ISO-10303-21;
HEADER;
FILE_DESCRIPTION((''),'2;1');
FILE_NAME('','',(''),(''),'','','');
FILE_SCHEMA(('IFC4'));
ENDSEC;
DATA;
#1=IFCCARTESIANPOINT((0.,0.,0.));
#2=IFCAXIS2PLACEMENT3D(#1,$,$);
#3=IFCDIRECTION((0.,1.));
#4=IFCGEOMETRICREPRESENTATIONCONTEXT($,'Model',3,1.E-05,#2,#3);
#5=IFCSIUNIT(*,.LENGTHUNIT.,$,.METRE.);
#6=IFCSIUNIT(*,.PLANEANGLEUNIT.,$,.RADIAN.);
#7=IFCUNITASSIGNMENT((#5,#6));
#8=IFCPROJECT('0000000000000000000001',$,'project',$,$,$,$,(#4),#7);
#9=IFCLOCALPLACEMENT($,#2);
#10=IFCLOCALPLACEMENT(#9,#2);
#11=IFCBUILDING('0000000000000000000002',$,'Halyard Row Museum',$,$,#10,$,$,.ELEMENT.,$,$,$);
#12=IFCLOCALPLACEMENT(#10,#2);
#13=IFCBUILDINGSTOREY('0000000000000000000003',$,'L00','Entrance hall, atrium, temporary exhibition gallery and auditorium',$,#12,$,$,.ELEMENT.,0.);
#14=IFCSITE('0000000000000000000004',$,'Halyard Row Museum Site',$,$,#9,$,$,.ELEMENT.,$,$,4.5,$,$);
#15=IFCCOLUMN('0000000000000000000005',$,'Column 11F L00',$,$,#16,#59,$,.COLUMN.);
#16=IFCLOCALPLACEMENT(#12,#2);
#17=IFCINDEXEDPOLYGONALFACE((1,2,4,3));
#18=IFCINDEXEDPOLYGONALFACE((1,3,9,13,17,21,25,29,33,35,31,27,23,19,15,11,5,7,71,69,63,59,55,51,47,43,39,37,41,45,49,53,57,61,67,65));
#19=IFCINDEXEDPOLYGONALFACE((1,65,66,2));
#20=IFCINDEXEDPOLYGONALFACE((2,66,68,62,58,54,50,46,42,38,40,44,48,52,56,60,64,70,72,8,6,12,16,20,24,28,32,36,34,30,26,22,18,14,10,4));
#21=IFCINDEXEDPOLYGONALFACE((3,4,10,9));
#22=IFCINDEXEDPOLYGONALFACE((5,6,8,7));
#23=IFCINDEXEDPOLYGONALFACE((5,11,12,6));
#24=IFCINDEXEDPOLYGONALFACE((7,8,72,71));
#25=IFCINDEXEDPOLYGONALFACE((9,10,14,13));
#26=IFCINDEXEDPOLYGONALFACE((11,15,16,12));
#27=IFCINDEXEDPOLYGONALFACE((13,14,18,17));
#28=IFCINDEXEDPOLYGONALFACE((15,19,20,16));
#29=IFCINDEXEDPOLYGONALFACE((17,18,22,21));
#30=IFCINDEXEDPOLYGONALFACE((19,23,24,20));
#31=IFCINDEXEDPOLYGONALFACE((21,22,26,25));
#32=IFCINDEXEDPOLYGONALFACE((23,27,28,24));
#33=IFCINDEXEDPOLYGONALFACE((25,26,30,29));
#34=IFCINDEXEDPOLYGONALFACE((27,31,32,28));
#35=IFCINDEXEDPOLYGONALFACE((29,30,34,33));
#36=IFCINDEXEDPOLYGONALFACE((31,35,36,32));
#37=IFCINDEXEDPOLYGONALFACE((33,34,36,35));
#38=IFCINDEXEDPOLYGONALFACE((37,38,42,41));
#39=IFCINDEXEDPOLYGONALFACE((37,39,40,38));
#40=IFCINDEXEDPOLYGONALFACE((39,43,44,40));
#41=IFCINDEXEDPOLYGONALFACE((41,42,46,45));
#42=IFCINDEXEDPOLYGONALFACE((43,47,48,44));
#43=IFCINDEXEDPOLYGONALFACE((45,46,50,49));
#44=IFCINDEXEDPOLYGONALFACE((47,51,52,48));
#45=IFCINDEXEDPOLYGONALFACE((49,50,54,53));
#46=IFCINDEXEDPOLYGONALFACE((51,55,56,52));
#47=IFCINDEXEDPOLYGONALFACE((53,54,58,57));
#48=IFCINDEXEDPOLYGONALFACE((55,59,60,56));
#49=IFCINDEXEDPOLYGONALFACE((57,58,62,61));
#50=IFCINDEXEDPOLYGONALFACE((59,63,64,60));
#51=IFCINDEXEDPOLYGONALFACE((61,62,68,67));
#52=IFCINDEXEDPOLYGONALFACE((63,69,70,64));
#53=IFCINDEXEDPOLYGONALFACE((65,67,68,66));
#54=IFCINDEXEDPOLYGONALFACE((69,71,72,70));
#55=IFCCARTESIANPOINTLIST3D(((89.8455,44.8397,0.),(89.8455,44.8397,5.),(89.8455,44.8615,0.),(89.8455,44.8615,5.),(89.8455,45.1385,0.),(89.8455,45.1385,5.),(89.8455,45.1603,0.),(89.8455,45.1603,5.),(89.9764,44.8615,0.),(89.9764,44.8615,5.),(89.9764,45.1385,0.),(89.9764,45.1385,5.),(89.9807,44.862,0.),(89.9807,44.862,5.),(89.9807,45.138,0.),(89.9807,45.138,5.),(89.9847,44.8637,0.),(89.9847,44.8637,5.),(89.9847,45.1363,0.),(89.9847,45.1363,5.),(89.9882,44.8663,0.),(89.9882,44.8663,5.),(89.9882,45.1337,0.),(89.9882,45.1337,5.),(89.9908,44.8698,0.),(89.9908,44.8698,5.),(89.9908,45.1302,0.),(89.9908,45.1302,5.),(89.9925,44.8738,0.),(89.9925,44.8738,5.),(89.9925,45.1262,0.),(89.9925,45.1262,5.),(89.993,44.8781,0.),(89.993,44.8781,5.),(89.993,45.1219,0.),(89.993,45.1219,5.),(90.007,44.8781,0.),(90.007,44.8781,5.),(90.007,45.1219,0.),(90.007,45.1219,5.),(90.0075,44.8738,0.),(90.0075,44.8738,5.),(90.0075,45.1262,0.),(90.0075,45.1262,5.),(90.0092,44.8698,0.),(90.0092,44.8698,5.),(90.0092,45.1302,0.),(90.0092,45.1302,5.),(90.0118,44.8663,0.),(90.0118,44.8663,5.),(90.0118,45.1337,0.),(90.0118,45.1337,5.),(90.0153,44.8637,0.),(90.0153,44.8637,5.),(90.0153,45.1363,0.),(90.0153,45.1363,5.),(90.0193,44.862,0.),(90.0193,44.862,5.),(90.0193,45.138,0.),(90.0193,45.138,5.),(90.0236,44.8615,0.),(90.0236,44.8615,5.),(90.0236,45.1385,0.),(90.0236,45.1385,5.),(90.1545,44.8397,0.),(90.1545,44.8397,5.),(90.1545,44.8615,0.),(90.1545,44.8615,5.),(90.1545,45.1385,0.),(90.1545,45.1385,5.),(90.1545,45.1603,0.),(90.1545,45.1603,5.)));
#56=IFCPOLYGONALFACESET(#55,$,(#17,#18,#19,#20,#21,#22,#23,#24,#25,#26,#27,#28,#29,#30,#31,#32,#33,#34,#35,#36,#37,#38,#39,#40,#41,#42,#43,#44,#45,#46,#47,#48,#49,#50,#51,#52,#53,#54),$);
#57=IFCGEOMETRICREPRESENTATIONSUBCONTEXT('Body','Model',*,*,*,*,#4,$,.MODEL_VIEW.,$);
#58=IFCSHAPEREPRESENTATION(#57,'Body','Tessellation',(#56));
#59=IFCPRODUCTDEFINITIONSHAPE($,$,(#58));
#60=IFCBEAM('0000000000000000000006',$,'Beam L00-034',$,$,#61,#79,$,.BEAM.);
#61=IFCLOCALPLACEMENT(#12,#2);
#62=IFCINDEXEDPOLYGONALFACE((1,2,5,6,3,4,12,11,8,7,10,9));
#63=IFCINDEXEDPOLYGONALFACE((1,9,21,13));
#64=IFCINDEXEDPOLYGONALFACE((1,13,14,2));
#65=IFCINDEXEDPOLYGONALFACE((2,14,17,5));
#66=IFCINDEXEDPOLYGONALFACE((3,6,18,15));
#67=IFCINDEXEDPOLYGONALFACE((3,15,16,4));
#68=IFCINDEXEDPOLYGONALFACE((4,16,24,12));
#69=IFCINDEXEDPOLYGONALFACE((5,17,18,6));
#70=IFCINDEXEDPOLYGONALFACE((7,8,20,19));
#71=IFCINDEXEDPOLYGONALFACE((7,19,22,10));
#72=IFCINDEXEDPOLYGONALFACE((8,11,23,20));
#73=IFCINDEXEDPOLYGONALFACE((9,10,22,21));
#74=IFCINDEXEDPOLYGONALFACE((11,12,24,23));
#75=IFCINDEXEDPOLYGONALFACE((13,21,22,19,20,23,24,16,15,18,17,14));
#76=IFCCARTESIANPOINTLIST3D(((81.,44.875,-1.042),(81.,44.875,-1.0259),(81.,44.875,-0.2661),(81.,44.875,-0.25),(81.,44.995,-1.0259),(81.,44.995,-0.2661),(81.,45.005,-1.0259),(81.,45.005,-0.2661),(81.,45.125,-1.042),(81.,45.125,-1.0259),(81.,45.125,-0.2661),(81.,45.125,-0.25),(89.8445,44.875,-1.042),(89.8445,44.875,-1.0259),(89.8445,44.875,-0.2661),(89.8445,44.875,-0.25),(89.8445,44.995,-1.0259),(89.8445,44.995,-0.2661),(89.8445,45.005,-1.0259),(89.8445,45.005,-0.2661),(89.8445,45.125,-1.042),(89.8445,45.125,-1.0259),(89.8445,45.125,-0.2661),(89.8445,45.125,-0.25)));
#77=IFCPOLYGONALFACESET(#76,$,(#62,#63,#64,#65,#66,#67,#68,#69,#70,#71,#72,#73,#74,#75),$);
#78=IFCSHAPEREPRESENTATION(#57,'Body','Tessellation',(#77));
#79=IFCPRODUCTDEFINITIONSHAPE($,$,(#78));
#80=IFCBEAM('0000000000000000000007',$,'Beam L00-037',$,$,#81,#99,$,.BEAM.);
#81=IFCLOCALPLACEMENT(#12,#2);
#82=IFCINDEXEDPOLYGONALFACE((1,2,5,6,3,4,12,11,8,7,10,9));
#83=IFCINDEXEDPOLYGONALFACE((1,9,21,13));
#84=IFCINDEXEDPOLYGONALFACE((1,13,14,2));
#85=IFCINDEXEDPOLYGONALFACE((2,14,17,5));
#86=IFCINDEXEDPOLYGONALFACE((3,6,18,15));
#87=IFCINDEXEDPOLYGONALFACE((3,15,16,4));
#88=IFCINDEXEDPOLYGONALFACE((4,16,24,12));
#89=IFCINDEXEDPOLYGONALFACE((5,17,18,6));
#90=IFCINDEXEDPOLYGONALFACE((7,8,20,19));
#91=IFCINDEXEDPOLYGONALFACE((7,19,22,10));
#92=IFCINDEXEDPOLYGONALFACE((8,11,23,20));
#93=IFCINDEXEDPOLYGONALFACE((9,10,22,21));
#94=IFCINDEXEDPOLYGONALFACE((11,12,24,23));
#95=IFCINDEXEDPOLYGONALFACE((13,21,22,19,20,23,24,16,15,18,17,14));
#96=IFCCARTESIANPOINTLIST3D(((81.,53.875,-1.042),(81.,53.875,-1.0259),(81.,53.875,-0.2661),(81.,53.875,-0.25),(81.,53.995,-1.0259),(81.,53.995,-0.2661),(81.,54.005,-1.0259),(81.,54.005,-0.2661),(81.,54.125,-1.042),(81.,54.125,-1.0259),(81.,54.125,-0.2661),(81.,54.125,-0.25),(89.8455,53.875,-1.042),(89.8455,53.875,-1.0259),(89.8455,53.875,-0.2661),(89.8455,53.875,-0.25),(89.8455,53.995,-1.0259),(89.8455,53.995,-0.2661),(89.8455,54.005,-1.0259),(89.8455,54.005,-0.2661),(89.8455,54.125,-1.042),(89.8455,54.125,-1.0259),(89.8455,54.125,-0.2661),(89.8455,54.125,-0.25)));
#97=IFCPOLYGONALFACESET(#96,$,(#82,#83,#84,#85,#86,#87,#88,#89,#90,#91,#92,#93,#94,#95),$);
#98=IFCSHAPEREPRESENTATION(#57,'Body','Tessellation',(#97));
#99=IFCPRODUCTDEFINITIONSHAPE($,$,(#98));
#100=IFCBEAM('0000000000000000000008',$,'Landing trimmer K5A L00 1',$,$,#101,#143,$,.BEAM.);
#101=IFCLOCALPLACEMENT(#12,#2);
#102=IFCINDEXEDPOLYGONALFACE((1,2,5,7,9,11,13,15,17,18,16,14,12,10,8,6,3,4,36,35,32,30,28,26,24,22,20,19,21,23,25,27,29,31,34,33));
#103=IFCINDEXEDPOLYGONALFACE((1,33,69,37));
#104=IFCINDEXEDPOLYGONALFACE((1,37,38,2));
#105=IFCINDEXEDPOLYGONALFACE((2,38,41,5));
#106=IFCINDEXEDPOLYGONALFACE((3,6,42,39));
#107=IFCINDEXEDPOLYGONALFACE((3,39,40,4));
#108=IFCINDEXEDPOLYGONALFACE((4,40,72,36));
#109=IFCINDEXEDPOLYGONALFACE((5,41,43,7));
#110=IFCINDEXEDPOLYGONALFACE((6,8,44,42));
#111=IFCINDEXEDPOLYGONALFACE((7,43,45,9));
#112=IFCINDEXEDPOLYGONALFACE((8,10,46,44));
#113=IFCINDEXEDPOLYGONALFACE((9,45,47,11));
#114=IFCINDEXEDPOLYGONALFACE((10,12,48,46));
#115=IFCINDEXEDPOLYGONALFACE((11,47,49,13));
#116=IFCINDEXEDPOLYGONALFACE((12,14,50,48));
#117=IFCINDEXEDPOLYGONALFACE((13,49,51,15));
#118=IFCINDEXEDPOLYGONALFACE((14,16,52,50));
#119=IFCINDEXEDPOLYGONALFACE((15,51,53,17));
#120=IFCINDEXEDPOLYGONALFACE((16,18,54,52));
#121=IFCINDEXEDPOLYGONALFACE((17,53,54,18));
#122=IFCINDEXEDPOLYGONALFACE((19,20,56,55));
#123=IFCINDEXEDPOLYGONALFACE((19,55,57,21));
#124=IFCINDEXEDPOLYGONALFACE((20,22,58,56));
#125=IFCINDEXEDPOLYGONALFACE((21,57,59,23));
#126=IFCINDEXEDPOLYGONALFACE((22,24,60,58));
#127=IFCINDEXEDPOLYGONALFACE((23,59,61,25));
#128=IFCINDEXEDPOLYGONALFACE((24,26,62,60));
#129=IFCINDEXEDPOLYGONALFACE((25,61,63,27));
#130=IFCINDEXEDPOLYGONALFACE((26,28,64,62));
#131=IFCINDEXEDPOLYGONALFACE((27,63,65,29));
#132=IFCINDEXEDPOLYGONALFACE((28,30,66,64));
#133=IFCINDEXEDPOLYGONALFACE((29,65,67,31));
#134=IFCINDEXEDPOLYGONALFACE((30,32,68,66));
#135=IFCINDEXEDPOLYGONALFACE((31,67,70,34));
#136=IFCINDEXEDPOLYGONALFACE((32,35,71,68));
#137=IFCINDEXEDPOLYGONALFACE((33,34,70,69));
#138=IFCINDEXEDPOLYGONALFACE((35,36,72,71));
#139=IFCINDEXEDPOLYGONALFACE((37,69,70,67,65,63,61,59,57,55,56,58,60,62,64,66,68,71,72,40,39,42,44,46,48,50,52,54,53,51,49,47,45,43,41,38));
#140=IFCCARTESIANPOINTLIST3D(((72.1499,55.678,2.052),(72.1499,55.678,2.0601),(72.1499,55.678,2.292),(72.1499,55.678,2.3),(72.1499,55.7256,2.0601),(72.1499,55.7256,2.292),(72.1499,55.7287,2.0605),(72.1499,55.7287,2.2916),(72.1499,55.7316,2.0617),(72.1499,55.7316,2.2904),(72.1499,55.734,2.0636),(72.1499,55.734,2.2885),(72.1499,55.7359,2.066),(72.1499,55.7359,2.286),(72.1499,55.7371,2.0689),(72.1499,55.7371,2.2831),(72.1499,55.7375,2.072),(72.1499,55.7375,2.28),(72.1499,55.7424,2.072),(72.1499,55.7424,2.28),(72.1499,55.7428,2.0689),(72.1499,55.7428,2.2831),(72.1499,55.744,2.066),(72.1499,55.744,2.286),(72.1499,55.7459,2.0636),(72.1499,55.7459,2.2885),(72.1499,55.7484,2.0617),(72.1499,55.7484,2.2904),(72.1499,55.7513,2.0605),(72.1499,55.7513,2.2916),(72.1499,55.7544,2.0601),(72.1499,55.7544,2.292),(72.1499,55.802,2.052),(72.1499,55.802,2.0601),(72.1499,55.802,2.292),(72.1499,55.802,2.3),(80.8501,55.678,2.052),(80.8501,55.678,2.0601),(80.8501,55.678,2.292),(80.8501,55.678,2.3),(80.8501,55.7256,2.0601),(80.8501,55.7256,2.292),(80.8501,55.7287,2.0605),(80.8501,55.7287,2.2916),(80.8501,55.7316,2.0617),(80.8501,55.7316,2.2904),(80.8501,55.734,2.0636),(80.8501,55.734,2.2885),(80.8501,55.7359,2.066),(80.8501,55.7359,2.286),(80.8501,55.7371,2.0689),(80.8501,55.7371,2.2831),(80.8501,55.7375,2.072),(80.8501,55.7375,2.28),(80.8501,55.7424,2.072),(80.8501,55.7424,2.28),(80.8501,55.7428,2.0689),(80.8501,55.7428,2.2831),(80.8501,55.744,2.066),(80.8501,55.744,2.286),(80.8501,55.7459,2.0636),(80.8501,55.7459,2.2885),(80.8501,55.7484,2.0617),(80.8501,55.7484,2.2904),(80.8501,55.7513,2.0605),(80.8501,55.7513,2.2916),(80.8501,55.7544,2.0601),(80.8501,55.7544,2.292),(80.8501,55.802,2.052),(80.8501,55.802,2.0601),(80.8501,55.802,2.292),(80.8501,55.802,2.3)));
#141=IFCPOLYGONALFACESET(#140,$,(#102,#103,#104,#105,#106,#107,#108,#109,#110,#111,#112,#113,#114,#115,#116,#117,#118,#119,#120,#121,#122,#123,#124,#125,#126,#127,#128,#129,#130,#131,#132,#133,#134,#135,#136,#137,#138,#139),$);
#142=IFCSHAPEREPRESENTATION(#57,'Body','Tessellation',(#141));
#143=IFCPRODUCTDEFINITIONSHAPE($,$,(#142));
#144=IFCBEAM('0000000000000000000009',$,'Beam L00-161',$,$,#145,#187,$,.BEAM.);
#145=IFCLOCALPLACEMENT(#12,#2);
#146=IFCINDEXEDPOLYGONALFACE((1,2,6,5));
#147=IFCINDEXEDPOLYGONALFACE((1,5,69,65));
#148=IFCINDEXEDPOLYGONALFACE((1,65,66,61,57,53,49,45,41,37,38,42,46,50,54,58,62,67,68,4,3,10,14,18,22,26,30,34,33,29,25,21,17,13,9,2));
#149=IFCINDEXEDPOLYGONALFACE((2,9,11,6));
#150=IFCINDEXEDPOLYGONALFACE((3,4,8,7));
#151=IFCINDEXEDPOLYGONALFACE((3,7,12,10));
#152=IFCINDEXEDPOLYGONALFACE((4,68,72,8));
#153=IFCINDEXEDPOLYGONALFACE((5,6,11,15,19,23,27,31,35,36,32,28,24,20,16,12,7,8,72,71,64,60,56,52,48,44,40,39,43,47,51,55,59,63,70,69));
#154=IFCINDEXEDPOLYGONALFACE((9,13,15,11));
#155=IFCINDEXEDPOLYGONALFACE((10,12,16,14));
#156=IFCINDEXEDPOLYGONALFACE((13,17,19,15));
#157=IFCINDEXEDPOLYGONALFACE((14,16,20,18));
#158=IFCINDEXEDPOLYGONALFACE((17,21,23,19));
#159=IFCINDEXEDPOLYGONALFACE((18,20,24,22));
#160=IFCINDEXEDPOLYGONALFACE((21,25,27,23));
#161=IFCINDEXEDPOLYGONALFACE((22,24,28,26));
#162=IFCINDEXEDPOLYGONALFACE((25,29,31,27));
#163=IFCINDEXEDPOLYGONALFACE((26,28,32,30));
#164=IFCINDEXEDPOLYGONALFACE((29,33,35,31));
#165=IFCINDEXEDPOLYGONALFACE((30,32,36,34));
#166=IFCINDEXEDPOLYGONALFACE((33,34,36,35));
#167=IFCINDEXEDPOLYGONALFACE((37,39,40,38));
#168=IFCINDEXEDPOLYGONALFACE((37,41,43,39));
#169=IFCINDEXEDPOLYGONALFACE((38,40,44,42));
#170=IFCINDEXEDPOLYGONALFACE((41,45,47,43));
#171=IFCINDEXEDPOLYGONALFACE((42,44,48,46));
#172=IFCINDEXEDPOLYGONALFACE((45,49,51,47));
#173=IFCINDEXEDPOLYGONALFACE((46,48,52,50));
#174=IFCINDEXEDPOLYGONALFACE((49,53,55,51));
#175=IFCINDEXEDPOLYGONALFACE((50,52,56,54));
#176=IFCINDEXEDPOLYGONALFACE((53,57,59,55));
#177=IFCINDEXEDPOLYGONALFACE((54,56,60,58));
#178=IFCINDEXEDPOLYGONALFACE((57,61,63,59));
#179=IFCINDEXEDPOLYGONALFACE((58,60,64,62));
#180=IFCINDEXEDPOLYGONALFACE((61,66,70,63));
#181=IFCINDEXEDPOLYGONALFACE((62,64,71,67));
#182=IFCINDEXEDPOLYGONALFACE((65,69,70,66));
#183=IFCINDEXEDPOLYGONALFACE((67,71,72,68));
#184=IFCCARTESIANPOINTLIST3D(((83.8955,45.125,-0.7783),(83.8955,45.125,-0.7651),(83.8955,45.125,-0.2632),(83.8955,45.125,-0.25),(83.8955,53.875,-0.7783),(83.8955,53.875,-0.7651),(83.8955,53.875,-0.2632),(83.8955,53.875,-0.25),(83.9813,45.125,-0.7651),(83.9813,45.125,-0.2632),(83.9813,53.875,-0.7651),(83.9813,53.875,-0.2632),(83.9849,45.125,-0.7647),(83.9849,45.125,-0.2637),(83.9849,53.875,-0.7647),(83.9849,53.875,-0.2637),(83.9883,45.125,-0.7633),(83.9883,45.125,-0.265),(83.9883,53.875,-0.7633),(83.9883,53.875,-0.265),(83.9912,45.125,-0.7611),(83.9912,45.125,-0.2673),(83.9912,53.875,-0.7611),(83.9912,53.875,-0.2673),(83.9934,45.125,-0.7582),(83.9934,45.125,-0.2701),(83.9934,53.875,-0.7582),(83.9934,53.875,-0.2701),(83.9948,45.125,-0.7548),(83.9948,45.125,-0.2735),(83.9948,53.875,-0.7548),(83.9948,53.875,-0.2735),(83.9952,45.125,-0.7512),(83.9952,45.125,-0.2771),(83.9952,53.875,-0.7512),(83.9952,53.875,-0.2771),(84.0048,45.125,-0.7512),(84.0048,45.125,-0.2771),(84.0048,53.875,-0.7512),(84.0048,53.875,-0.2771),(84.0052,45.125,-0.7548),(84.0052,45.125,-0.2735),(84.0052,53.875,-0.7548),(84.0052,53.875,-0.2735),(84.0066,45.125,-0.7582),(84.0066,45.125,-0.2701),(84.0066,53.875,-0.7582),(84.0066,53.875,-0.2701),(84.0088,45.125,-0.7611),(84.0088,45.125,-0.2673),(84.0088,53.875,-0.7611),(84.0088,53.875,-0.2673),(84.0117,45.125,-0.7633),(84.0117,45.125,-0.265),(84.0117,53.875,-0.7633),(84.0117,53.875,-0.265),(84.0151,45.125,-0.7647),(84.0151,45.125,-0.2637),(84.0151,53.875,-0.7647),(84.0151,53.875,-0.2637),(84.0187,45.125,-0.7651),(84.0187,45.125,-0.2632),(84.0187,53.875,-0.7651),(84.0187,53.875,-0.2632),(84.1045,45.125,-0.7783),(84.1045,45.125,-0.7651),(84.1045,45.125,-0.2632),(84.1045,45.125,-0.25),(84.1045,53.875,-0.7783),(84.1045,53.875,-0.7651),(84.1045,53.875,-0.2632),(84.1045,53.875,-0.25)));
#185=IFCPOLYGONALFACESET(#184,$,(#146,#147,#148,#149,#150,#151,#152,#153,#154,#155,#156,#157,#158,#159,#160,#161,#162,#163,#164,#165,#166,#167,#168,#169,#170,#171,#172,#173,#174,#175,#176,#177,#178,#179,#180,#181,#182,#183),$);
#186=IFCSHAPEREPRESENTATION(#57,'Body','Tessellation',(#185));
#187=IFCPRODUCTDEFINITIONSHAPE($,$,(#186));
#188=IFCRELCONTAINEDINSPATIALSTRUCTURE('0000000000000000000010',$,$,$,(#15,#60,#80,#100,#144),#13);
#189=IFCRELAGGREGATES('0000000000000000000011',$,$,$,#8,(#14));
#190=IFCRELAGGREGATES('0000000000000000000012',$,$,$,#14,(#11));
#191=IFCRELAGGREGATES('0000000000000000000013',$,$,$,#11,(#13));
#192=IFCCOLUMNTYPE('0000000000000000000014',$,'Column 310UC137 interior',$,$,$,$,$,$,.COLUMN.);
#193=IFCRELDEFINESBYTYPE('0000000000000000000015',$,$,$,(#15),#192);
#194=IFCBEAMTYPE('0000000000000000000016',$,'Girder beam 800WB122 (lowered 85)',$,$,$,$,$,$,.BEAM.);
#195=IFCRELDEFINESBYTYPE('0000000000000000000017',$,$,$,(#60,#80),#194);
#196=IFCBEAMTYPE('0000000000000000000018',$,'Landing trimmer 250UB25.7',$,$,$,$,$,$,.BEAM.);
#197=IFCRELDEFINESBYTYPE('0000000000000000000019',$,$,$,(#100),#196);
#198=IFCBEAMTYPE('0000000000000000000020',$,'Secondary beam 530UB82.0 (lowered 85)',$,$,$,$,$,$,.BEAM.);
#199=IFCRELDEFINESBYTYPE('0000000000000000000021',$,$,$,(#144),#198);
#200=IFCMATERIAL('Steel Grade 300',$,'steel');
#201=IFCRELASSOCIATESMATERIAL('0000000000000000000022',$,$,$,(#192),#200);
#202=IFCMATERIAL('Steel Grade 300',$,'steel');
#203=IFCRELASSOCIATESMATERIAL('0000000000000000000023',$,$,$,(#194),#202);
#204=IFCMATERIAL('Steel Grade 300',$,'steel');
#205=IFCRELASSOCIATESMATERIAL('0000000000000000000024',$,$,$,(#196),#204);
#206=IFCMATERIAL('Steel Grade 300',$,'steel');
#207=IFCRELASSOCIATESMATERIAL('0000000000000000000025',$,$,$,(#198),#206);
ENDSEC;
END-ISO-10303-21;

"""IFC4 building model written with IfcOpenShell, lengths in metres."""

from ifc_helpers import new_model, si_unit, direction, frame, origin, origin_2d, place, context, subcontext, project, spatial, i_section, extrude, material, material_profile, profile_set, type_object, element, save


model = new_model("IFC4")

# Units and contexts
model_context = context("Model", 3, precision=1e-05, world=origin(), true_north=direction((0.0, 1.0)))
body_context = subcontext(model_context, "Body", "Model", "MODEL_VIEW")
ifc_project = project(units=[si_unit("LENGTHUNIT", "METRE"), si_unit("PLANEANGLEUNIT", "RADIAN")], contexts=[model_context])

# Site, building, storey
site_placement = place(None, origin())
site = spatial("IfcSite", under=ifc_project, at=site_placement, Name="Halyard Row Museum Site", CompositionType="ELEMENT", RefElevation=4.5)
building_placement = place(site_placement, origin())
building = spatial("IfcBuilding", under=site, at=building_placement, Name="Halyard Row Museum", CompositionType="ELEMENT")
storey_placement = place(building_placement, origin())
storey = spatial("IfcBuildingStorey", under=building, at=storey_placement, Name="L00", Description="Entrance hall, atrium, temporary exhibition gallery and auditorium", CompositionType="ELEMENT", Elevation=0.0)

# Column
ifc_material_1 = material(Name="Steel Grade 300", Category="steel")
ifc_material_profile_1 = material_profile(ifc_material_1, i_section(OverallWidth=0.3091, OverallDepth=0.3206, WebThickness=0.0139, FlangeThickness=0.0217, FilletRadius=0.0166, at=origin_2d()), Name="310UC137")
ifc_profile_set_1 = profile_set([ifc_material_profile_1], Name="Steel Grade 300")
column_type = type_object("IfcColumnType", Name="Column 310UC137 interior", PredefinedType="COLUMN", material=ifc_profile_set_1)
column_placement = place(storey_placement, frame((90.0, 45.0, 0.0), z_axis=(0.0, 0.0, 1.0), x_axis=(1.0, 0.0, 0.0)))
element("IfcColumn", 1, at=column_placement, inside=storey, type_object=column_type, Name="Column 11F L00", PredefinedType="COLUMN", context=body_context, shape_type="SweptSolid", body=[
    extrude(i_section(OverallWidth=0.3091, OverallDepth=0.3206, WebThickness=0.0139, FlangeThickness=0.0217, FilletRadius=0.0166, at=origin_2d()), origin(), (0.0, 0.0, 1.0), 5.0),
])

# Beams
ifc_material_2 = material(Name="Steel Grade 300", Category="steel")
ifc_material_profile_2 = material_profile(ifc_material_2, i_section(OverallWidth=0.25, OverallDepth=0.792, WebThickness=0.01, FlangeThickness=0.0161, at=origin_2d()), Name="800WB122")
ifc_profile_set_2 = profile_set([ifc_material_profile_2], Name="Steel Grade 300")
beam_type_1 = type_object("IfcBeamType", Name="Girder beam 800WB122 (lowered 85)", PredefinedType="BEAM", material=ifc_profile_set_2)
beam_1_placement = place(storey_placement, frame((81.0, 45.0, -0.646), z_axis=(1.0, 0.0, 0.0), x_axis=(0.0, 1.0, 0.0)))
element("IfcBeam", 2, at=beam_1_placement, inside=storey, type_object=beam_type_1, Name="Beam L00-034", PredefinedType="BEAM", context=body_context, shape_type="SweptSolid", body=[
    extrude(i_section(OverallWidth=0.25, OverallDepth=0.792, WebThickness=0.01, FlangeThickness=0.0161, at=origin_2d()), origin(), (0.0, 0.0, 1.0), 8.8445),
])
beam_2_placement = place(storey_placement, frame((81.0, 54.0, -0.646), z_axis=(1.0, 0.0, 0.0), x_axis=(0.0, 1.0, 0.0)))
element("IfcBeam", 3, at=beam_2_placement, inside=storey, type_object=beam_type_1, Name="Beam L00-037", PredefinedType="BEAM", context=body_context, shape_type="SweptSolid", body=[
    extrude(i_section(OverallWidth=0.25, OverallDepth=0.792, WebThickness=0.01, FlangeThickness=0.0161, at=origin_2d()), origin(), (0.0, 0.0, 1.0), 8.8455),
])
ifc_material_3 = material(Name="Steel Grade 300", Category="steel")
ifc_material_profile_3 = material_profile(ifc_material_3, i_section(OverallWidth=0.124, OverallDepth=0.248, WebThickness=0.0049, FlangeThickness=0.0081, FilletRadius=0.012, at=origin_2d()), Name="250UB25.7")
ifc_profile_set_3 = profile_set([ifc_material_profile_3], Name="Steel Grade 300")
beam_type_2 = type_object("IfcBeamType", Name="Landing trimmer 250UB25.7", PredefinedType="BEAM", material=ifc_profile_set_3)
beam_3_placement = place(storey_placement, frame((80.8501, 55.74, 2.176), z_axis=(-1.0, 0.0, 0.0), x_axis=(0.0, -1.0, 0.0)))
element("IfcBeam", 4, at=beam_3_placement, inside=storey, type_object=beam_type_2, Name="Landing trimmer K5A L00 1", PredefinedType="BEAM", context=body_context, shape_type="SweptSolid", body=[
    extrude(i_section(OverallWidth=0.124, OverallDepth=0.248, WebThickness=0.0049, FlangeThickness=0.0081, FilletRadius=0.012, at=origin_2d()), origin(), (0.0, 0.0, 1.0), 8.7002),
])
ifc_material_4 = material(Name="Steel Grade 300", Category="steel")
ifc_material_profile_4 = material_profile(ifc_material_4, i_section(OverallWidth=0.209, OverallDepth=0.5283, WebThickness=0.0095, FlangeThickness=0.0132, FilletRadius=0.0139, at=origin_2d()), Name="530UB82.0")
ifc_profile_set_4 = profile_set([ifc_material_profile_4], Name="Steel Grade 300")
beam_type_3 = type_object("IfcBeamType", Name="Secondary beam 530UB82.0 (lowered 85)", PredefinedType="BEAM", material=ifc_profile_set_4)
for number, where, z_axis, x_axis, name in (
    (5, (84.0, 45.125, -0.5142), (0.0, 1.0, 0.0), (-1.0, 0.0, 0.0), "Beam L00-161"),
):
    element("IfcBeam", number, at=place(storey_placement, frame(where, z_axis=z_axis, x_axis=x_axis)), inside=storey, type_object=beam_type_3, Name=name, PredefinedType="BEAM", context=body_context, shape_type="SweptSolid", body=[
        extrude(i_section(OverallWidth=0.209, OverallDepth=0.5283, WebThickness=0.0095, FlangeThickness=0.0132, FilletRadius=0.0139, at=origin_2d()), origin(), (0.0, 0.0, 1.0), 8.75),
    ])

save(model, "model.ifc")
